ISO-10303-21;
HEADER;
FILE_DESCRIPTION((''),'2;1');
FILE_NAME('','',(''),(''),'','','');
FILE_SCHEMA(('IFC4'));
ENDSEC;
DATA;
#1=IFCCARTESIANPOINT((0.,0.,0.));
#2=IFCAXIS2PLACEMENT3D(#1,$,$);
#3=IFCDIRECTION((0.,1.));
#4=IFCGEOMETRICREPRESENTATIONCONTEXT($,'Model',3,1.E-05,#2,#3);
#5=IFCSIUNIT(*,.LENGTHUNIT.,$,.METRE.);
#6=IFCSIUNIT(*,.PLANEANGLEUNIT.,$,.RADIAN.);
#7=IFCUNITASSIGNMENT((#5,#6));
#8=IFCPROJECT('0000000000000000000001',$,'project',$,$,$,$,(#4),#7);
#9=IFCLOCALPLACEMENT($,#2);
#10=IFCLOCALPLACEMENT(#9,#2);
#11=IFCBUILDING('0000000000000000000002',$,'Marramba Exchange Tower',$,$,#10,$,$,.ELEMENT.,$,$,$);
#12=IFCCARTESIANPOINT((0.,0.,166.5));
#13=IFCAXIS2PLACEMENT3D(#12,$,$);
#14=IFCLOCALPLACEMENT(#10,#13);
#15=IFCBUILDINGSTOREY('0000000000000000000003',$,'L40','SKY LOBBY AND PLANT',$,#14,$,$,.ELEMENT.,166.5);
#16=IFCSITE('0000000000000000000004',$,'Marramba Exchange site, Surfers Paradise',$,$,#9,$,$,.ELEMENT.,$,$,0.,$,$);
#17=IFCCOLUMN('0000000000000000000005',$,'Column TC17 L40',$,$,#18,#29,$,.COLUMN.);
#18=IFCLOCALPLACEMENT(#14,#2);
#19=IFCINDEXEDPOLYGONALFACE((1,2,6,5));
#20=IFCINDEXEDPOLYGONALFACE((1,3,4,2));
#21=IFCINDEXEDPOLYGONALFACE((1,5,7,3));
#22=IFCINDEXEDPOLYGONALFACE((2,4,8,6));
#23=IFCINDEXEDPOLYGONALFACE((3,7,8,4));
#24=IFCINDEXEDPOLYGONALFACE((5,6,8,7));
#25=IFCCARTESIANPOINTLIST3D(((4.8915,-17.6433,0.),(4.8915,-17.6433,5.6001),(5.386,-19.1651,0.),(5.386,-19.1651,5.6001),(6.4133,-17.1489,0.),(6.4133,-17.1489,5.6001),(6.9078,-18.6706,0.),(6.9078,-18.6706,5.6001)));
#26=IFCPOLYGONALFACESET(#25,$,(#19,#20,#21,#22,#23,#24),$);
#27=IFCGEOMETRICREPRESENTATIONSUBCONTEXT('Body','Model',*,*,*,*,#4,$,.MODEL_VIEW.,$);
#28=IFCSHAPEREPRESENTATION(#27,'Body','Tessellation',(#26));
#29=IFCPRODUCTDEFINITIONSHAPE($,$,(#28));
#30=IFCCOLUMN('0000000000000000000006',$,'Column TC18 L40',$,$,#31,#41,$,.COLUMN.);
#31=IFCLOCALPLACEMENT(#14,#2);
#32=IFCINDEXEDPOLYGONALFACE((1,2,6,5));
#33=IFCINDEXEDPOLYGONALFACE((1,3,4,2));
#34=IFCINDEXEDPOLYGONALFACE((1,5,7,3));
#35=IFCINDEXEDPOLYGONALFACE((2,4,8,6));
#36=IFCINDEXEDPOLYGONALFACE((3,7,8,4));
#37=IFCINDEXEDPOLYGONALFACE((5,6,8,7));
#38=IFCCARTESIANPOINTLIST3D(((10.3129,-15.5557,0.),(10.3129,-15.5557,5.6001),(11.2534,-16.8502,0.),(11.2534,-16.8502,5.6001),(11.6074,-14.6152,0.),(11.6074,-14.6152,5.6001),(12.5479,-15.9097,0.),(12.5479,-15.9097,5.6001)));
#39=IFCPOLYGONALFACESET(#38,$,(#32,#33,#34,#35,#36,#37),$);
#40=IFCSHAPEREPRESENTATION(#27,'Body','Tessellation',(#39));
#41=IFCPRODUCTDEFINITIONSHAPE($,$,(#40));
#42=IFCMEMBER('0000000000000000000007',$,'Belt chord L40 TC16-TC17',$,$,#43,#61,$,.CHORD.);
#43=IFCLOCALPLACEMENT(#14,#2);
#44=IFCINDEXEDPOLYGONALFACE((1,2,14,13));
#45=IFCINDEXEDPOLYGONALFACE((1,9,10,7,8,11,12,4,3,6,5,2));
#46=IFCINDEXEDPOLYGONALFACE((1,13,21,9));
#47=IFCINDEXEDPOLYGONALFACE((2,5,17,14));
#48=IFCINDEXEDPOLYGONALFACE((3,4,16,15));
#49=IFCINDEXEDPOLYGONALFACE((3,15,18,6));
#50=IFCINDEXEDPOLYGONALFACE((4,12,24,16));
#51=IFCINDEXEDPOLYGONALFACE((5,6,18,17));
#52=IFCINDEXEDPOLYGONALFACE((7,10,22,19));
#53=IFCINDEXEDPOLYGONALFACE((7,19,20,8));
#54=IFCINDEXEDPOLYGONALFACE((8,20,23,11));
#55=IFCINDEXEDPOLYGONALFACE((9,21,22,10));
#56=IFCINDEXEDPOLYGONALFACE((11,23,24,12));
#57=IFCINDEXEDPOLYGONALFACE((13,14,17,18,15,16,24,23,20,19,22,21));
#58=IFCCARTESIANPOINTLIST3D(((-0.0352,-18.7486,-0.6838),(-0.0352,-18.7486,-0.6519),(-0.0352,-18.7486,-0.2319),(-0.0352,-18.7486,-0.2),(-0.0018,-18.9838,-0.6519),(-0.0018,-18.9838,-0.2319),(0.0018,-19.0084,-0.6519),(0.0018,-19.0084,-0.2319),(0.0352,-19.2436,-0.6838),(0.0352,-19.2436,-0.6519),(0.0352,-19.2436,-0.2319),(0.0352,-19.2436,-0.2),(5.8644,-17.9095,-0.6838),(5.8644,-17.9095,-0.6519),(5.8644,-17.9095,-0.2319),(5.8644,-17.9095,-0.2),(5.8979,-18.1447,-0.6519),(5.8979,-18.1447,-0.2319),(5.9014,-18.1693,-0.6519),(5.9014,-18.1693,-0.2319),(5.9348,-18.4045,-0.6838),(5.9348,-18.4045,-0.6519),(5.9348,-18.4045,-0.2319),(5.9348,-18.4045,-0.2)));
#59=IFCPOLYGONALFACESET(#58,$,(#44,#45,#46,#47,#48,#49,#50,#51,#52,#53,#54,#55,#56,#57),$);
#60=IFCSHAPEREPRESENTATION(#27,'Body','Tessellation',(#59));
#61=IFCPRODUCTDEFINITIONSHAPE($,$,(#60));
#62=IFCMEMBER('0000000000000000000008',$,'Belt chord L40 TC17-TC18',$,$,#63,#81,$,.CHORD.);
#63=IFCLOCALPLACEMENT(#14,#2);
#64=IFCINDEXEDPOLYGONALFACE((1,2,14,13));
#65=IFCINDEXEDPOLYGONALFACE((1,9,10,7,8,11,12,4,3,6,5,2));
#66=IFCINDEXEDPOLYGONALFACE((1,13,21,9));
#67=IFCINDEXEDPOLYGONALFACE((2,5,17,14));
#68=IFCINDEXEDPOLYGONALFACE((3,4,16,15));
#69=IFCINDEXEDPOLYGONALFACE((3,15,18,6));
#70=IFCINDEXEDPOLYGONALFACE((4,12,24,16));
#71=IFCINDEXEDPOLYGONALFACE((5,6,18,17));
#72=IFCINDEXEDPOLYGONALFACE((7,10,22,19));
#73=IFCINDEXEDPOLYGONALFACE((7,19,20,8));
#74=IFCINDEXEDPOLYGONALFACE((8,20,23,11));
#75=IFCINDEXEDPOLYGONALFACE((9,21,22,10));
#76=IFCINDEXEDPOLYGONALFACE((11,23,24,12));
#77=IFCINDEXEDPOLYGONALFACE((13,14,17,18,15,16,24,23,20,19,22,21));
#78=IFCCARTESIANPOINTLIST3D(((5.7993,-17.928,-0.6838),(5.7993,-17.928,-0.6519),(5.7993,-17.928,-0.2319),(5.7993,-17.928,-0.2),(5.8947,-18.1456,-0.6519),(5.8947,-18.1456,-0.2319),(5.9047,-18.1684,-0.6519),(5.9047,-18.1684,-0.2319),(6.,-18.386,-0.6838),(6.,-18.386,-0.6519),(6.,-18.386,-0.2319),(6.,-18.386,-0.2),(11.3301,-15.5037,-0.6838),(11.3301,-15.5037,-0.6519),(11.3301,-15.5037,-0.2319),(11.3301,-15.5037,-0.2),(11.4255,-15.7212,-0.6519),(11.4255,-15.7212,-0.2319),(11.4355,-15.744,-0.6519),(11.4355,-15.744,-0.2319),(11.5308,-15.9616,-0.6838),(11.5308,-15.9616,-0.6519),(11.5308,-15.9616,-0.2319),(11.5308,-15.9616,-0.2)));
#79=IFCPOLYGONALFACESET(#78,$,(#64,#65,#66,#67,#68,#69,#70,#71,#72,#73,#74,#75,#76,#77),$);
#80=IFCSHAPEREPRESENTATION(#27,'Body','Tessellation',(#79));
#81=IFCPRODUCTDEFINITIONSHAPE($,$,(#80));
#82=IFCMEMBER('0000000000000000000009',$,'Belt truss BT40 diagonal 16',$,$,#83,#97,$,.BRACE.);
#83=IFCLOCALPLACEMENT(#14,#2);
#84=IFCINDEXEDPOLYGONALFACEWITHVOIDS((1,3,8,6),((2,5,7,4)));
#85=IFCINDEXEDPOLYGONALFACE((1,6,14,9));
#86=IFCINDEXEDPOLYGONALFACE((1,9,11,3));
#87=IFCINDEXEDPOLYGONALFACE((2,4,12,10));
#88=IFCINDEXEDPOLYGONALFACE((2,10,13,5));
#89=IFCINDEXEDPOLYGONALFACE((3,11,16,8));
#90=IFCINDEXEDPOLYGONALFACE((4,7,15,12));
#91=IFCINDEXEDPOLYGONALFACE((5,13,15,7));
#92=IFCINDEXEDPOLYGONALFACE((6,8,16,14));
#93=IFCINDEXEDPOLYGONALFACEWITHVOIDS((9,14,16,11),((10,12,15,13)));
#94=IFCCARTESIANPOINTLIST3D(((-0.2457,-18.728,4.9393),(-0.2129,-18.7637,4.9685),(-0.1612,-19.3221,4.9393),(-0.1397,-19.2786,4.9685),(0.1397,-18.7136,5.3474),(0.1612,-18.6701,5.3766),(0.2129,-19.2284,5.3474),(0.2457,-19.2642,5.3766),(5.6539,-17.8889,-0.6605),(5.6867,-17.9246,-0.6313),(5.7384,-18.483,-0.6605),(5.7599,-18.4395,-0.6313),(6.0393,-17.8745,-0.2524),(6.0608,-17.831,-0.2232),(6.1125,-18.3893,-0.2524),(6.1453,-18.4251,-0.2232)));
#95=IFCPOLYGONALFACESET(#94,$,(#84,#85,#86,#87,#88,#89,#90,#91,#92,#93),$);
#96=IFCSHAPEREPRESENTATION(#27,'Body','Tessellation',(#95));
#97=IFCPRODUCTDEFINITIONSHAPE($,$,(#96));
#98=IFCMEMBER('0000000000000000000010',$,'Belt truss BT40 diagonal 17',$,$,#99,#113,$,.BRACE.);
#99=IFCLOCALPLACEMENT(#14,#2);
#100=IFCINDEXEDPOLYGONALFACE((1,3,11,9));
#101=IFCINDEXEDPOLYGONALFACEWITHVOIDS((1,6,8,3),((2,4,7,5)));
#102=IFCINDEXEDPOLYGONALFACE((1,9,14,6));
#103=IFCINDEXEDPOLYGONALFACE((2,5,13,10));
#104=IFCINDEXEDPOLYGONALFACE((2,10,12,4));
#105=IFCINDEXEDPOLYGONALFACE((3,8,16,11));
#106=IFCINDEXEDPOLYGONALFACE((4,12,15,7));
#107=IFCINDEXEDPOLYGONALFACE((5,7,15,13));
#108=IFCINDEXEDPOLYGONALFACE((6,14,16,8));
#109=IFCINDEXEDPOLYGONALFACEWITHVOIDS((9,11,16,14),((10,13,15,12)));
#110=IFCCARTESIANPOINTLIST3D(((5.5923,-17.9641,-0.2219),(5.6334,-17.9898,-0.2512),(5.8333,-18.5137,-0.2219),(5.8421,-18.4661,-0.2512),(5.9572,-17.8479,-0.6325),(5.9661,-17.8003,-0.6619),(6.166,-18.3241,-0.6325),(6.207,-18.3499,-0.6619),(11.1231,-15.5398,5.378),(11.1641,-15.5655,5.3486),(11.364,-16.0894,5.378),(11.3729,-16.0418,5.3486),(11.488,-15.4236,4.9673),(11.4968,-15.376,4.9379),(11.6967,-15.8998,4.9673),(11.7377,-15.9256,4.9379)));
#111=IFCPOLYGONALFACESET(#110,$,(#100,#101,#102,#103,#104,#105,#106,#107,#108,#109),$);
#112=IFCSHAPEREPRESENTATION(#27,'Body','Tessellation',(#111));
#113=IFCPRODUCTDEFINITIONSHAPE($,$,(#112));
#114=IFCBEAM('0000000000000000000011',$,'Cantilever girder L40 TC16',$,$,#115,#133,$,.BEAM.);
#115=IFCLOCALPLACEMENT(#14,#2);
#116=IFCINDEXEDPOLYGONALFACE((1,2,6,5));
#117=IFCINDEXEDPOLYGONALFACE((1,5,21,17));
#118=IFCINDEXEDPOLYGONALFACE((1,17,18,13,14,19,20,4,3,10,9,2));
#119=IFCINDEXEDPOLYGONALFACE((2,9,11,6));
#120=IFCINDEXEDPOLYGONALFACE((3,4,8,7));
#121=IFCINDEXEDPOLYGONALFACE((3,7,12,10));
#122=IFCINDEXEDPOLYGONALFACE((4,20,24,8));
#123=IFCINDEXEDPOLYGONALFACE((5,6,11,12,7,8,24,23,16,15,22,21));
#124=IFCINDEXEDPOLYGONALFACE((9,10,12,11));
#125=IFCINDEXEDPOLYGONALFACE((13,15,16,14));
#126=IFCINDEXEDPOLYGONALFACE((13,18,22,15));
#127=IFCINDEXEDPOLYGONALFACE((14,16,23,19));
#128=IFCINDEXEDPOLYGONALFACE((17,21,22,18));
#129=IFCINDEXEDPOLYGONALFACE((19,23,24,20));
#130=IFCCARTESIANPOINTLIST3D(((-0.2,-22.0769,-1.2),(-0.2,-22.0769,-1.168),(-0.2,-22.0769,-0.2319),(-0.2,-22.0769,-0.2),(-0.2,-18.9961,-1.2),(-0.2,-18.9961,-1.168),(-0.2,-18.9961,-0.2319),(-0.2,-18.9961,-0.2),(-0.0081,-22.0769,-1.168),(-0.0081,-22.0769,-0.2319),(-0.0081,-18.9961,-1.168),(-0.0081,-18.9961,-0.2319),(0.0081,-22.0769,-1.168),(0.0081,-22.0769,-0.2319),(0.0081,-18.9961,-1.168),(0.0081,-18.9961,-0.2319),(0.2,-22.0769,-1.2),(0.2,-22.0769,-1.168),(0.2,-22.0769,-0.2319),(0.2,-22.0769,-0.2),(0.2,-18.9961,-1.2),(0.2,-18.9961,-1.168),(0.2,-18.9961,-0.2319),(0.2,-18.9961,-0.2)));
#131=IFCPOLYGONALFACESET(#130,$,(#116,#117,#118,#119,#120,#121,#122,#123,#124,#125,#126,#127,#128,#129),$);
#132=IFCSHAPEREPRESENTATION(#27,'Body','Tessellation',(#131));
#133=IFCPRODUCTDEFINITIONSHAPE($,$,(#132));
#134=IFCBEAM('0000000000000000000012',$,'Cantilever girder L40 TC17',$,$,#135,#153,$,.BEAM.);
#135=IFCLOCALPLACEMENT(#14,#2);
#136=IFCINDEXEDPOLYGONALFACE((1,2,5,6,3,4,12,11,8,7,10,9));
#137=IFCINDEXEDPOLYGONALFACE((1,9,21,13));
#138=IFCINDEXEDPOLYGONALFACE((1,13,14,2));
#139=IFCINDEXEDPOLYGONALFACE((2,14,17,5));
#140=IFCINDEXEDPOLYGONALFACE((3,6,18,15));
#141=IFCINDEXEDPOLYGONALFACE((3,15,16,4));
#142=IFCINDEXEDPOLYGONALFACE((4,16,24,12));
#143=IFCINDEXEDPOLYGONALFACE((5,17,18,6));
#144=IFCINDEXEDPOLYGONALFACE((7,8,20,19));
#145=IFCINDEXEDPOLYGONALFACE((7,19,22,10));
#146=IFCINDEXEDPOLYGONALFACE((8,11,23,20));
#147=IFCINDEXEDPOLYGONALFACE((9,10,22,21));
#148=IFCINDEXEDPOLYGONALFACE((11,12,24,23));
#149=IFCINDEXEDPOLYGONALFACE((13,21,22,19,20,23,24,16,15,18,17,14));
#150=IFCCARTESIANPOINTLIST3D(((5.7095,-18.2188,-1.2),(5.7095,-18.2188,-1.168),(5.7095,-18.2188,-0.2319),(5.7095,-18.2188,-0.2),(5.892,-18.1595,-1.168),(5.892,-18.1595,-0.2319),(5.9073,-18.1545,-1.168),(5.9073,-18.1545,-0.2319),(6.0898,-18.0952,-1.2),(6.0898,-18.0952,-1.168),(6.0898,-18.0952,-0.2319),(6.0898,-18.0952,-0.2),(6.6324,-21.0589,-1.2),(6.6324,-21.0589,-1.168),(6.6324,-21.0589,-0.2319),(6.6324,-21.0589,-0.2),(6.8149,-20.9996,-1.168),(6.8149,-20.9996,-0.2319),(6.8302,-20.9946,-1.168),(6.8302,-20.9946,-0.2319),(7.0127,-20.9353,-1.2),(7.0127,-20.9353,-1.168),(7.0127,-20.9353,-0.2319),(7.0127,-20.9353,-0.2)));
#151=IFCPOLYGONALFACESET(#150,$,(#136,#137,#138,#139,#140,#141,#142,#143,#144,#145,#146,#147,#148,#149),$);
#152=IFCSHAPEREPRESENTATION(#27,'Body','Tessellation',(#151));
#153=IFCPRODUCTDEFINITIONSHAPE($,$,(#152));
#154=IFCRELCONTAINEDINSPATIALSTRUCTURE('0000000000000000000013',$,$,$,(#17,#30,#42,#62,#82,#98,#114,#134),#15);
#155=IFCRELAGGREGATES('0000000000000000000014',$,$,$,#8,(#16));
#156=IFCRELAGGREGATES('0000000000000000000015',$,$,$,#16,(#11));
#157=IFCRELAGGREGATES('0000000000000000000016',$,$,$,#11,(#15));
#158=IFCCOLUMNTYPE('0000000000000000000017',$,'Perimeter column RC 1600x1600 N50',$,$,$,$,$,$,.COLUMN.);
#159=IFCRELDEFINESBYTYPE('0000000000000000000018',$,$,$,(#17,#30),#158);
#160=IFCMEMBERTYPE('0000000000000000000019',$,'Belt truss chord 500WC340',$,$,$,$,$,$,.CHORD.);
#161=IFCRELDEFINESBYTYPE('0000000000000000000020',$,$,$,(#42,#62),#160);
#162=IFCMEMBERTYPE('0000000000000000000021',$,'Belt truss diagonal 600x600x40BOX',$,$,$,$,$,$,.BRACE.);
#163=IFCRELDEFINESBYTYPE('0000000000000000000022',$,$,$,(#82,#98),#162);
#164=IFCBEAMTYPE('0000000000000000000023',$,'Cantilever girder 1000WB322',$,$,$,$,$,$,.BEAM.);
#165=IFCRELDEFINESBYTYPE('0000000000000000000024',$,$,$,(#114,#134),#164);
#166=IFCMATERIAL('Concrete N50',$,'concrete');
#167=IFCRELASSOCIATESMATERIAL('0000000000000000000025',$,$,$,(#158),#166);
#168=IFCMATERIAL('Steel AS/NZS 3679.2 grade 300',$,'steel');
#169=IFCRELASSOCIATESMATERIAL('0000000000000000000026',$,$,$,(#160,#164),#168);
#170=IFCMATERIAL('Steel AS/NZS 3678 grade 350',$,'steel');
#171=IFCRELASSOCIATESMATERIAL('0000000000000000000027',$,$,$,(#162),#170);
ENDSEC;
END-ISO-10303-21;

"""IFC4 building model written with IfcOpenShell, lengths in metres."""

from ifc_helpers import new_model, si_unit, direction, frame, origin, origin_2d, place, context, subcontext, project, spatial, rectangle, hollow_rectangle, i_section, extrude, material, material_profile, profile_set, type_object, element, save


model = new_model("IFC4")

# Units and contexts
model_context = context("Model", 3, precision=1e-05, world=origin(), true_north=direction((0.0, 1.0)))
body_context = subcontext(model_context, "Body", "Model", "MODEL_VIEW")
ifc_project = project(units=[si_unit("LENGTHUNIT", "METRE"), si_unit("PLANEANGLEUNIT", "RADIAN")], contexts=[model_context])

# Site, building, storey
site_placement = place(None, origin())
site = spatial("IfcSite", under=ifc_project, at=site_placement, Name="Marramba Exchange site, Surfers Paradise", CompositionType="ELEMENT", RefElevation=0.0)
building_placement = place(site_placement, origin())
building = spatial("IfcBuilding", under=site, at=building_placement, Name="Marramba Exchange Tower", CompositionType="ELEMENT")
storey_placement = place(building_placement, frame((0.0, 0.0, 166.5)))
storey = spatial("IfcBuildingStorey", under=building, at=storey_placement, Name="L40", Description="SKY LOBBY AND PLANT", CompositionType="ELEMENT", Elevation=166.5)

# Columns
ifc_material_1 = material(Name="Concrete N50", Category="concrete")
ifc_material_profile_1 = material_profile(ifc_material_1, rectangle(XDim=1.6001, YDim=1.6001, at=origin_2d()), Name="RC 1600x1600")
ifc_profile_set_1 = profile_set([ifc_material_profile_1], Name="Concrete N50")
column_type = type_object("IfcColumnType", Name="Perimeter column RC 1600x1600 N50", PredefinedType="COLUMN", material=ifc_profile_set_1)
for number, where, z_axis, x_axis, name in (
    (1, (5.8997, -18.157, 0.0), (0.0, 0.0, 1.0), (0.309017, -0.951057, 0.0), "Column TC17 L40"),
    (2, (11.4304, -15.7327, 0.0), (0.0, 0.0, 1.0), (0.587785, -0.809017, 0.0), "Column TC18 L40"),
):
    element("IfcColumn", number, at=place(storey_placement, frame(where, z_axis=z_axis, x_axis=x_axis)), inside=storey, type_object=column_type, Name=name, PredefinedType="COLUMN", context=body_context, shape_type="SweptSolid", body=[
        extrude(rectangle(XDim=1.6001, YDim=1.6001, at=origin_2d()), origin(), (0.0, 0.0, 1.0), 5.6001),
    ])

# Members
ifc_material_2 = material(Name="Steel AS/NZS 3679.2 grade 300", Category="steel")
ifc_material_profile_2 = material_profile(ifc_material_2, i_section(OverallWidth=0.5, OverallDepth=0.4839, WebThickness=0.0249, FlangeThickness=0.032, at=origin_2d()), Name="500WC340")
ifc_profile_set_2 = profile_set([ifc_material_profile_2], Name="Steel AS/NZS 3679.2 grade 300")
member_type_1 = type_object("IfcMemberType", Name="Belt truss chord 500WC340", PredefinedType="CHORD", material=ifc_profile_set_2)
member_1_placement = place(storey_placement, frame((0.0, -18.9961, -0.4419), z_axis=(0.990036, 0.140813, 0.0), x_axis=(-0.140813, 0.990036, 0.0)))
element("IfcMember", 3, at=member_1_placement, inside=storey, type_object=member_type_1, Name="Belt chord L40 TC16-TC17", PredefinedType="CHORD", context=body_context, shape_type="SweptSolid", body=[
    extrude(i_section(OverallWidth=0.5, OverallDepth=0.4839, WebThickness=0.0249, FlangeThickness=0.032, at=origin_2d()), origin(), (0.0, 0.0, 1.0), 5.959),
])
member_2_placement = place(storey_placement, frame((5.8997, -18.157, -0.4419), z_axis=(0.915877, 0.401459, 0.0), x_axis=(-0.401459, 0.915877, 0.0)))
element("IfcMember", 4, at=member_2_placement, inside=storey, type_object=member_type_1, Name="Belt chord L40 TC17-TC18", PredefinedType="CHORD", context=body_context, shape_type="SweptSolid", body=[
    extrude(i_section(OverallWidth=0.5, OverallDepth=0.4839, WebThickness=0.0249, FlangeThickness=0.032, at=origin_2d()), origin(), (0.0, 0.0, 1.0), 6.0388),
])
ifc_material_3 = material(Name="Steel AS/NZS 3678 grade 350", Category="steel")
ifc_material_profile_3 = material_profile(ifc_material_3, hollow_rectangle(XDim=0.6001, YDim=0.6001, WallThickness=0.04, at=origin_2d()), Name="600x600x40BOX")
ifc_profile_set_3 = profile_set([ifc_material_profile_3], Name="Steel AS/NZS 3678 grade 350")
member_type_2 = type_object("IfcMemberType", Name="Belt truss diagonal 600x600x40BOX", PredefinedType="BRACE", material=ifc_profile_set_3)
member_3_placement = place(storey_placement, frame((0.0, -18.9961, 5.158), z_axis=(0.721467, 0.102615, -0.684804), x_axis=(-0.140813, 0.990036, 0.0)))
element("IfcMember", 5, at=member_3_placement, inside=storey, type_object=member_type_2, Name="Belt truss BT40 diagonal 16", PredefinedType="BRACE", context=body_context, shape_type="SweptSolid", body=[
    extrude(hollow_rectangle(XDim=0.6001, YDim=0.6001, WallThickness=0.04, at=origin_2d()), origin(), (0.0, 0.0, 1.0), 8.1772),
])
member_4_placement = place(storey_placement, frame((5.8997, -18.157, -0.4419), z_axis=(0.671568, 0.294371, 0.679958), x_axis=(-0.401459, 0.915877, 0.0)))
element("IfcMember", 6, at=member_4_placement, inside=storey, type_object=member_type_2, Name="Belt truss BT40 diagonal 17", PredefinedType="BRACE", context=body_context, shape_type="SweptSolid", body=[
    extrude(hollow_rectangle(XDim=0.6001, YDim=0.6001, WallThickness=0.04, at=origin_2d()), origin(), (0.0, 0.0, 1.0), 8.2356),
])

# Beams
ifc_material_profile_4 = material_profile(ifc_material_2, i_section(OverallWidth=0.3999, OverallDepth=1.0, WebThickness=0.0161, FlangeThickness=0.032, at=origin_2d()), Name="1000WB322")
ifc_profile_set_4 = profile_set([ifc_material_profile_4], Name="Steel AS/NZS 3679.2 grade 300")
beam_type_1 = type_object("IfcBeamType", Name="Cantilever girder 1000WB322", PredefinedType="BEAM", material=ifc_profile_set_4)
beam_1_placement = place(storey_placement, frame((0.0, -18.9961, -0.7), z_axis=(0.0, -1.0, 0.0), x_axis=(1.0, 0.0, 0.0)))
element("IfcBeam", 7, at=beam_1_placement, inside=storey, type_object=beam_type_1, Name="Cantilever girder L40 TC16", PredefinedType="BEAM", context=body_context, shape_type="SweptSolid", body=[
    extrude(i_section(OverallWidth=0.3999, OverallDepth=1.0, WebThickness=0.0161, FlangeThickness=0.032, at=origin_2d()), origin(), (0.0, 0.0, 1.0), 3.0808),
])
beam_2_placement = place(storey_placement, frame((5.8997, -18.157, -0.7), z_axis=(0.309032, -0.951051, 0.0), x_axis=(0.951051, 0.309032, 0.0)))
element("IfcBeam", 8, at=beam_2_placement, inside=storey, type_object=beam_type_1, Name="Cantilever girder L40 TC17", PredefinedType="BEAM", context=body_context, shape_type="SweptSolid", body=[
    extrude(i_section(OverallWidth=0.3999, OverallDepth=1.0, WebThickness=0.0161, FlangeThickness=0.032, at=origin_2d()), origin(), (0.0, 0.0, 1.0), 2.9863),
])

save(model, "model.ifc")
